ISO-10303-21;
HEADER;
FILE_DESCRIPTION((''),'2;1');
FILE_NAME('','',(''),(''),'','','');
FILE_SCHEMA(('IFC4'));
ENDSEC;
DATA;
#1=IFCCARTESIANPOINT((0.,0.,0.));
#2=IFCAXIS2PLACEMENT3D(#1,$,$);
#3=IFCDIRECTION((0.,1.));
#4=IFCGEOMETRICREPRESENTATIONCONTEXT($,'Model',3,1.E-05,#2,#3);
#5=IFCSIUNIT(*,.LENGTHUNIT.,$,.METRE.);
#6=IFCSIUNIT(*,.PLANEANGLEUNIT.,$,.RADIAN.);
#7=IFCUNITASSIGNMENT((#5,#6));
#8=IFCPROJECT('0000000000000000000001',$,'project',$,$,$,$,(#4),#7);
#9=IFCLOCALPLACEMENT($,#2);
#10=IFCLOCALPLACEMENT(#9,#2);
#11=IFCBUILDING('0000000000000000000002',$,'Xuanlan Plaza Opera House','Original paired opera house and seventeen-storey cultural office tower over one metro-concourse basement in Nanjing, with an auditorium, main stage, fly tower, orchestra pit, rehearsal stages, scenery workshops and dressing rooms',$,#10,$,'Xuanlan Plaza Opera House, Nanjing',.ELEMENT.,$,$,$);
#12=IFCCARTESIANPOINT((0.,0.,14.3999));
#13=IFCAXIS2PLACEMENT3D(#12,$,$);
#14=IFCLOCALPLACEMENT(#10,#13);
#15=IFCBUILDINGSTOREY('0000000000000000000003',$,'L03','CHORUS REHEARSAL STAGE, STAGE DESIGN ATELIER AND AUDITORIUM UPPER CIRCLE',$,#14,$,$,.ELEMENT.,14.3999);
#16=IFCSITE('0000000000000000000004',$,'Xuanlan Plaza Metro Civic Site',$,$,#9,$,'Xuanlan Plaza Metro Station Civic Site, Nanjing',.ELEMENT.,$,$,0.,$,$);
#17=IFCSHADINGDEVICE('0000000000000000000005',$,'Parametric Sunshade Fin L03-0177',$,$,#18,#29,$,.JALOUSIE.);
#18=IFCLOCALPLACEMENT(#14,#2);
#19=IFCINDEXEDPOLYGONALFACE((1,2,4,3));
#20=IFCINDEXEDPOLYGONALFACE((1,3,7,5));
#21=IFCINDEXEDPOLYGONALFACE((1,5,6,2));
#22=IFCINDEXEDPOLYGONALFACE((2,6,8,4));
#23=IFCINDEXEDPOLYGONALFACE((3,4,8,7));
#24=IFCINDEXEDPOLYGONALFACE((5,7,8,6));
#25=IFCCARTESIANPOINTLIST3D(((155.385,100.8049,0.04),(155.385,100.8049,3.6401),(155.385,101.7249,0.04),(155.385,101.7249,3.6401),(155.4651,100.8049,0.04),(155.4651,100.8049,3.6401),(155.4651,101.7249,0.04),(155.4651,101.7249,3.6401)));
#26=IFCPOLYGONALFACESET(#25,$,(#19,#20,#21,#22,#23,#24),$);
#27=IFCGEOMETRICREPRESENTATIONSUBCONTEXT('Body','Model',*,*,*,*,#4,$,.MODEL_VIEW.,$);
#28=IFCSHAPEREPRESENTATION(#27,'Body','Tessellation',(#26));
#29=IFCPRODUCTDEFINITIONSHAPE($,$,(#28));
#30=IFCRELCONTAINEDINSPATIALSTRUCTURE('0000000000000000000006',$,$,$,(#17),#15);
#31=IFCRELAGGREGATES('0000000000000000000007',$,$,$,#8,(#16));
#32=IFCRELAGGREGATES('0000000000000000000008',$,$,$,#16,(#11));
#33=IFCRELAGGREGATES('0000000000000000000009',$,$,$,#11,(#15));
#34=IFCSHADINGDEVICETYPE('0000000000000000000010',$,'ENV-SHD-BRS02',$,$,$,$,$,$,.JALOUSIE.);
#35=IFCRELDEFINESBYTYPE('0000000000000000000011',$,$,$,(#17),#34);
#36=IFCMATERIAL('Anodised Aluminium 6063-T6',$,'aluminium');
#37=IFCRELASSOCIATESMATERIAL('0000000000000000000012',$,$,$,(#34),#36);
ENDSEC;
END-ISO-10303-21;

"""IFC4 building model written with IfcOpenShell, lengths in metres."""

from ifc_helpers import new_model, si_unit, direction, frame, origin, origin_2d, place, context, subcontext, project, spatial, rectangle, extrude, material, type_object, element, save


model = new_model("IFC4")

# Units and contexts
model_context = context("Model", 3, precision=1e-05, world=origin(), true_north=direction((0.0, 1.0)))
body_context = subcontext(model_context, "Body", "Model", "MODEL_VIEW")
ifc_project = project(units=[si_unit("LENGTHUNIT", "METRE"), si_unit("PLANEANGLEUNIT", "RADIAN")], contexts=[model_context])

# Site, building, storey
site_placement = place(None, origin())
site = spatial("IfcSite", under=ifc_project, at=site_placement, Name="Xuanlan Plaza Metro Civic Site", LongName="Xuanlan Plaza Metro Station Civic Site, Nanjing", CompositionType="ELEMENT", RefElevation=0.0)
building_placement = place(site_placement, origin())
building = spatial("IfcBuilding", under=site, at=building_placement, Name="Xuanlan Plaza Opera House", Description="Original paired opera house and seventeen-storey cultural office tower over one metro-concourse basement in Nanjing, with an auditorium, main stage, fly tower, orchestra pit, rehearsal stages, scenery workshops and dressing rooms", LongName="Xuanlan Plaza Opera House, Nanjing", CompositionType="ELEMENT")
storey_placement = place(building_placement, frame((0.0, 0.0, 14.3999)))
storey = spatial("IfcBuildingStorey", under=building, at=storey_placement, Name="L03", Description="CHORUS REHEARSAL STAGE, STAGE DESIGN ATELIER AND AUDITORIUM UPPER CIRCLE", CompositionType="ELEMENT", Elevation=14.3999)

# Shared definitions
ifc_material_1 = material(Name="Anodised Aluminium 6063-T6", Category="aluminium")

# Shading device
shading_device_type = type_object("IfcShadingDeviceType", Name="ENV-SHD-BRS02", PredefinedType="JALOUSIE", material=ifc_material_1)
shading_device_placement = place(storey_placement, frame((155.425, 101.2649, 0.04), z_axis=(0.0, 0.0, 1.0), x_axis=(0.0, 1.0, 0.0)))
element("IfcShadingDevice", 1, at=shading_device_placement, inside=storey, type_object=shading_device_type, Name="Parametric Sunshade Fin L03-0177", PredefinedType="JALOUSIE", context=body_context, shape_type="SweptSolid", body=[
    extrude(rectangle(XDim=0.9199, YDim=0.0801, at=origin_2d()), origin(), (0.0, 0.0, 1.0), 3.6001),
])

save(model, "model.ifc")
